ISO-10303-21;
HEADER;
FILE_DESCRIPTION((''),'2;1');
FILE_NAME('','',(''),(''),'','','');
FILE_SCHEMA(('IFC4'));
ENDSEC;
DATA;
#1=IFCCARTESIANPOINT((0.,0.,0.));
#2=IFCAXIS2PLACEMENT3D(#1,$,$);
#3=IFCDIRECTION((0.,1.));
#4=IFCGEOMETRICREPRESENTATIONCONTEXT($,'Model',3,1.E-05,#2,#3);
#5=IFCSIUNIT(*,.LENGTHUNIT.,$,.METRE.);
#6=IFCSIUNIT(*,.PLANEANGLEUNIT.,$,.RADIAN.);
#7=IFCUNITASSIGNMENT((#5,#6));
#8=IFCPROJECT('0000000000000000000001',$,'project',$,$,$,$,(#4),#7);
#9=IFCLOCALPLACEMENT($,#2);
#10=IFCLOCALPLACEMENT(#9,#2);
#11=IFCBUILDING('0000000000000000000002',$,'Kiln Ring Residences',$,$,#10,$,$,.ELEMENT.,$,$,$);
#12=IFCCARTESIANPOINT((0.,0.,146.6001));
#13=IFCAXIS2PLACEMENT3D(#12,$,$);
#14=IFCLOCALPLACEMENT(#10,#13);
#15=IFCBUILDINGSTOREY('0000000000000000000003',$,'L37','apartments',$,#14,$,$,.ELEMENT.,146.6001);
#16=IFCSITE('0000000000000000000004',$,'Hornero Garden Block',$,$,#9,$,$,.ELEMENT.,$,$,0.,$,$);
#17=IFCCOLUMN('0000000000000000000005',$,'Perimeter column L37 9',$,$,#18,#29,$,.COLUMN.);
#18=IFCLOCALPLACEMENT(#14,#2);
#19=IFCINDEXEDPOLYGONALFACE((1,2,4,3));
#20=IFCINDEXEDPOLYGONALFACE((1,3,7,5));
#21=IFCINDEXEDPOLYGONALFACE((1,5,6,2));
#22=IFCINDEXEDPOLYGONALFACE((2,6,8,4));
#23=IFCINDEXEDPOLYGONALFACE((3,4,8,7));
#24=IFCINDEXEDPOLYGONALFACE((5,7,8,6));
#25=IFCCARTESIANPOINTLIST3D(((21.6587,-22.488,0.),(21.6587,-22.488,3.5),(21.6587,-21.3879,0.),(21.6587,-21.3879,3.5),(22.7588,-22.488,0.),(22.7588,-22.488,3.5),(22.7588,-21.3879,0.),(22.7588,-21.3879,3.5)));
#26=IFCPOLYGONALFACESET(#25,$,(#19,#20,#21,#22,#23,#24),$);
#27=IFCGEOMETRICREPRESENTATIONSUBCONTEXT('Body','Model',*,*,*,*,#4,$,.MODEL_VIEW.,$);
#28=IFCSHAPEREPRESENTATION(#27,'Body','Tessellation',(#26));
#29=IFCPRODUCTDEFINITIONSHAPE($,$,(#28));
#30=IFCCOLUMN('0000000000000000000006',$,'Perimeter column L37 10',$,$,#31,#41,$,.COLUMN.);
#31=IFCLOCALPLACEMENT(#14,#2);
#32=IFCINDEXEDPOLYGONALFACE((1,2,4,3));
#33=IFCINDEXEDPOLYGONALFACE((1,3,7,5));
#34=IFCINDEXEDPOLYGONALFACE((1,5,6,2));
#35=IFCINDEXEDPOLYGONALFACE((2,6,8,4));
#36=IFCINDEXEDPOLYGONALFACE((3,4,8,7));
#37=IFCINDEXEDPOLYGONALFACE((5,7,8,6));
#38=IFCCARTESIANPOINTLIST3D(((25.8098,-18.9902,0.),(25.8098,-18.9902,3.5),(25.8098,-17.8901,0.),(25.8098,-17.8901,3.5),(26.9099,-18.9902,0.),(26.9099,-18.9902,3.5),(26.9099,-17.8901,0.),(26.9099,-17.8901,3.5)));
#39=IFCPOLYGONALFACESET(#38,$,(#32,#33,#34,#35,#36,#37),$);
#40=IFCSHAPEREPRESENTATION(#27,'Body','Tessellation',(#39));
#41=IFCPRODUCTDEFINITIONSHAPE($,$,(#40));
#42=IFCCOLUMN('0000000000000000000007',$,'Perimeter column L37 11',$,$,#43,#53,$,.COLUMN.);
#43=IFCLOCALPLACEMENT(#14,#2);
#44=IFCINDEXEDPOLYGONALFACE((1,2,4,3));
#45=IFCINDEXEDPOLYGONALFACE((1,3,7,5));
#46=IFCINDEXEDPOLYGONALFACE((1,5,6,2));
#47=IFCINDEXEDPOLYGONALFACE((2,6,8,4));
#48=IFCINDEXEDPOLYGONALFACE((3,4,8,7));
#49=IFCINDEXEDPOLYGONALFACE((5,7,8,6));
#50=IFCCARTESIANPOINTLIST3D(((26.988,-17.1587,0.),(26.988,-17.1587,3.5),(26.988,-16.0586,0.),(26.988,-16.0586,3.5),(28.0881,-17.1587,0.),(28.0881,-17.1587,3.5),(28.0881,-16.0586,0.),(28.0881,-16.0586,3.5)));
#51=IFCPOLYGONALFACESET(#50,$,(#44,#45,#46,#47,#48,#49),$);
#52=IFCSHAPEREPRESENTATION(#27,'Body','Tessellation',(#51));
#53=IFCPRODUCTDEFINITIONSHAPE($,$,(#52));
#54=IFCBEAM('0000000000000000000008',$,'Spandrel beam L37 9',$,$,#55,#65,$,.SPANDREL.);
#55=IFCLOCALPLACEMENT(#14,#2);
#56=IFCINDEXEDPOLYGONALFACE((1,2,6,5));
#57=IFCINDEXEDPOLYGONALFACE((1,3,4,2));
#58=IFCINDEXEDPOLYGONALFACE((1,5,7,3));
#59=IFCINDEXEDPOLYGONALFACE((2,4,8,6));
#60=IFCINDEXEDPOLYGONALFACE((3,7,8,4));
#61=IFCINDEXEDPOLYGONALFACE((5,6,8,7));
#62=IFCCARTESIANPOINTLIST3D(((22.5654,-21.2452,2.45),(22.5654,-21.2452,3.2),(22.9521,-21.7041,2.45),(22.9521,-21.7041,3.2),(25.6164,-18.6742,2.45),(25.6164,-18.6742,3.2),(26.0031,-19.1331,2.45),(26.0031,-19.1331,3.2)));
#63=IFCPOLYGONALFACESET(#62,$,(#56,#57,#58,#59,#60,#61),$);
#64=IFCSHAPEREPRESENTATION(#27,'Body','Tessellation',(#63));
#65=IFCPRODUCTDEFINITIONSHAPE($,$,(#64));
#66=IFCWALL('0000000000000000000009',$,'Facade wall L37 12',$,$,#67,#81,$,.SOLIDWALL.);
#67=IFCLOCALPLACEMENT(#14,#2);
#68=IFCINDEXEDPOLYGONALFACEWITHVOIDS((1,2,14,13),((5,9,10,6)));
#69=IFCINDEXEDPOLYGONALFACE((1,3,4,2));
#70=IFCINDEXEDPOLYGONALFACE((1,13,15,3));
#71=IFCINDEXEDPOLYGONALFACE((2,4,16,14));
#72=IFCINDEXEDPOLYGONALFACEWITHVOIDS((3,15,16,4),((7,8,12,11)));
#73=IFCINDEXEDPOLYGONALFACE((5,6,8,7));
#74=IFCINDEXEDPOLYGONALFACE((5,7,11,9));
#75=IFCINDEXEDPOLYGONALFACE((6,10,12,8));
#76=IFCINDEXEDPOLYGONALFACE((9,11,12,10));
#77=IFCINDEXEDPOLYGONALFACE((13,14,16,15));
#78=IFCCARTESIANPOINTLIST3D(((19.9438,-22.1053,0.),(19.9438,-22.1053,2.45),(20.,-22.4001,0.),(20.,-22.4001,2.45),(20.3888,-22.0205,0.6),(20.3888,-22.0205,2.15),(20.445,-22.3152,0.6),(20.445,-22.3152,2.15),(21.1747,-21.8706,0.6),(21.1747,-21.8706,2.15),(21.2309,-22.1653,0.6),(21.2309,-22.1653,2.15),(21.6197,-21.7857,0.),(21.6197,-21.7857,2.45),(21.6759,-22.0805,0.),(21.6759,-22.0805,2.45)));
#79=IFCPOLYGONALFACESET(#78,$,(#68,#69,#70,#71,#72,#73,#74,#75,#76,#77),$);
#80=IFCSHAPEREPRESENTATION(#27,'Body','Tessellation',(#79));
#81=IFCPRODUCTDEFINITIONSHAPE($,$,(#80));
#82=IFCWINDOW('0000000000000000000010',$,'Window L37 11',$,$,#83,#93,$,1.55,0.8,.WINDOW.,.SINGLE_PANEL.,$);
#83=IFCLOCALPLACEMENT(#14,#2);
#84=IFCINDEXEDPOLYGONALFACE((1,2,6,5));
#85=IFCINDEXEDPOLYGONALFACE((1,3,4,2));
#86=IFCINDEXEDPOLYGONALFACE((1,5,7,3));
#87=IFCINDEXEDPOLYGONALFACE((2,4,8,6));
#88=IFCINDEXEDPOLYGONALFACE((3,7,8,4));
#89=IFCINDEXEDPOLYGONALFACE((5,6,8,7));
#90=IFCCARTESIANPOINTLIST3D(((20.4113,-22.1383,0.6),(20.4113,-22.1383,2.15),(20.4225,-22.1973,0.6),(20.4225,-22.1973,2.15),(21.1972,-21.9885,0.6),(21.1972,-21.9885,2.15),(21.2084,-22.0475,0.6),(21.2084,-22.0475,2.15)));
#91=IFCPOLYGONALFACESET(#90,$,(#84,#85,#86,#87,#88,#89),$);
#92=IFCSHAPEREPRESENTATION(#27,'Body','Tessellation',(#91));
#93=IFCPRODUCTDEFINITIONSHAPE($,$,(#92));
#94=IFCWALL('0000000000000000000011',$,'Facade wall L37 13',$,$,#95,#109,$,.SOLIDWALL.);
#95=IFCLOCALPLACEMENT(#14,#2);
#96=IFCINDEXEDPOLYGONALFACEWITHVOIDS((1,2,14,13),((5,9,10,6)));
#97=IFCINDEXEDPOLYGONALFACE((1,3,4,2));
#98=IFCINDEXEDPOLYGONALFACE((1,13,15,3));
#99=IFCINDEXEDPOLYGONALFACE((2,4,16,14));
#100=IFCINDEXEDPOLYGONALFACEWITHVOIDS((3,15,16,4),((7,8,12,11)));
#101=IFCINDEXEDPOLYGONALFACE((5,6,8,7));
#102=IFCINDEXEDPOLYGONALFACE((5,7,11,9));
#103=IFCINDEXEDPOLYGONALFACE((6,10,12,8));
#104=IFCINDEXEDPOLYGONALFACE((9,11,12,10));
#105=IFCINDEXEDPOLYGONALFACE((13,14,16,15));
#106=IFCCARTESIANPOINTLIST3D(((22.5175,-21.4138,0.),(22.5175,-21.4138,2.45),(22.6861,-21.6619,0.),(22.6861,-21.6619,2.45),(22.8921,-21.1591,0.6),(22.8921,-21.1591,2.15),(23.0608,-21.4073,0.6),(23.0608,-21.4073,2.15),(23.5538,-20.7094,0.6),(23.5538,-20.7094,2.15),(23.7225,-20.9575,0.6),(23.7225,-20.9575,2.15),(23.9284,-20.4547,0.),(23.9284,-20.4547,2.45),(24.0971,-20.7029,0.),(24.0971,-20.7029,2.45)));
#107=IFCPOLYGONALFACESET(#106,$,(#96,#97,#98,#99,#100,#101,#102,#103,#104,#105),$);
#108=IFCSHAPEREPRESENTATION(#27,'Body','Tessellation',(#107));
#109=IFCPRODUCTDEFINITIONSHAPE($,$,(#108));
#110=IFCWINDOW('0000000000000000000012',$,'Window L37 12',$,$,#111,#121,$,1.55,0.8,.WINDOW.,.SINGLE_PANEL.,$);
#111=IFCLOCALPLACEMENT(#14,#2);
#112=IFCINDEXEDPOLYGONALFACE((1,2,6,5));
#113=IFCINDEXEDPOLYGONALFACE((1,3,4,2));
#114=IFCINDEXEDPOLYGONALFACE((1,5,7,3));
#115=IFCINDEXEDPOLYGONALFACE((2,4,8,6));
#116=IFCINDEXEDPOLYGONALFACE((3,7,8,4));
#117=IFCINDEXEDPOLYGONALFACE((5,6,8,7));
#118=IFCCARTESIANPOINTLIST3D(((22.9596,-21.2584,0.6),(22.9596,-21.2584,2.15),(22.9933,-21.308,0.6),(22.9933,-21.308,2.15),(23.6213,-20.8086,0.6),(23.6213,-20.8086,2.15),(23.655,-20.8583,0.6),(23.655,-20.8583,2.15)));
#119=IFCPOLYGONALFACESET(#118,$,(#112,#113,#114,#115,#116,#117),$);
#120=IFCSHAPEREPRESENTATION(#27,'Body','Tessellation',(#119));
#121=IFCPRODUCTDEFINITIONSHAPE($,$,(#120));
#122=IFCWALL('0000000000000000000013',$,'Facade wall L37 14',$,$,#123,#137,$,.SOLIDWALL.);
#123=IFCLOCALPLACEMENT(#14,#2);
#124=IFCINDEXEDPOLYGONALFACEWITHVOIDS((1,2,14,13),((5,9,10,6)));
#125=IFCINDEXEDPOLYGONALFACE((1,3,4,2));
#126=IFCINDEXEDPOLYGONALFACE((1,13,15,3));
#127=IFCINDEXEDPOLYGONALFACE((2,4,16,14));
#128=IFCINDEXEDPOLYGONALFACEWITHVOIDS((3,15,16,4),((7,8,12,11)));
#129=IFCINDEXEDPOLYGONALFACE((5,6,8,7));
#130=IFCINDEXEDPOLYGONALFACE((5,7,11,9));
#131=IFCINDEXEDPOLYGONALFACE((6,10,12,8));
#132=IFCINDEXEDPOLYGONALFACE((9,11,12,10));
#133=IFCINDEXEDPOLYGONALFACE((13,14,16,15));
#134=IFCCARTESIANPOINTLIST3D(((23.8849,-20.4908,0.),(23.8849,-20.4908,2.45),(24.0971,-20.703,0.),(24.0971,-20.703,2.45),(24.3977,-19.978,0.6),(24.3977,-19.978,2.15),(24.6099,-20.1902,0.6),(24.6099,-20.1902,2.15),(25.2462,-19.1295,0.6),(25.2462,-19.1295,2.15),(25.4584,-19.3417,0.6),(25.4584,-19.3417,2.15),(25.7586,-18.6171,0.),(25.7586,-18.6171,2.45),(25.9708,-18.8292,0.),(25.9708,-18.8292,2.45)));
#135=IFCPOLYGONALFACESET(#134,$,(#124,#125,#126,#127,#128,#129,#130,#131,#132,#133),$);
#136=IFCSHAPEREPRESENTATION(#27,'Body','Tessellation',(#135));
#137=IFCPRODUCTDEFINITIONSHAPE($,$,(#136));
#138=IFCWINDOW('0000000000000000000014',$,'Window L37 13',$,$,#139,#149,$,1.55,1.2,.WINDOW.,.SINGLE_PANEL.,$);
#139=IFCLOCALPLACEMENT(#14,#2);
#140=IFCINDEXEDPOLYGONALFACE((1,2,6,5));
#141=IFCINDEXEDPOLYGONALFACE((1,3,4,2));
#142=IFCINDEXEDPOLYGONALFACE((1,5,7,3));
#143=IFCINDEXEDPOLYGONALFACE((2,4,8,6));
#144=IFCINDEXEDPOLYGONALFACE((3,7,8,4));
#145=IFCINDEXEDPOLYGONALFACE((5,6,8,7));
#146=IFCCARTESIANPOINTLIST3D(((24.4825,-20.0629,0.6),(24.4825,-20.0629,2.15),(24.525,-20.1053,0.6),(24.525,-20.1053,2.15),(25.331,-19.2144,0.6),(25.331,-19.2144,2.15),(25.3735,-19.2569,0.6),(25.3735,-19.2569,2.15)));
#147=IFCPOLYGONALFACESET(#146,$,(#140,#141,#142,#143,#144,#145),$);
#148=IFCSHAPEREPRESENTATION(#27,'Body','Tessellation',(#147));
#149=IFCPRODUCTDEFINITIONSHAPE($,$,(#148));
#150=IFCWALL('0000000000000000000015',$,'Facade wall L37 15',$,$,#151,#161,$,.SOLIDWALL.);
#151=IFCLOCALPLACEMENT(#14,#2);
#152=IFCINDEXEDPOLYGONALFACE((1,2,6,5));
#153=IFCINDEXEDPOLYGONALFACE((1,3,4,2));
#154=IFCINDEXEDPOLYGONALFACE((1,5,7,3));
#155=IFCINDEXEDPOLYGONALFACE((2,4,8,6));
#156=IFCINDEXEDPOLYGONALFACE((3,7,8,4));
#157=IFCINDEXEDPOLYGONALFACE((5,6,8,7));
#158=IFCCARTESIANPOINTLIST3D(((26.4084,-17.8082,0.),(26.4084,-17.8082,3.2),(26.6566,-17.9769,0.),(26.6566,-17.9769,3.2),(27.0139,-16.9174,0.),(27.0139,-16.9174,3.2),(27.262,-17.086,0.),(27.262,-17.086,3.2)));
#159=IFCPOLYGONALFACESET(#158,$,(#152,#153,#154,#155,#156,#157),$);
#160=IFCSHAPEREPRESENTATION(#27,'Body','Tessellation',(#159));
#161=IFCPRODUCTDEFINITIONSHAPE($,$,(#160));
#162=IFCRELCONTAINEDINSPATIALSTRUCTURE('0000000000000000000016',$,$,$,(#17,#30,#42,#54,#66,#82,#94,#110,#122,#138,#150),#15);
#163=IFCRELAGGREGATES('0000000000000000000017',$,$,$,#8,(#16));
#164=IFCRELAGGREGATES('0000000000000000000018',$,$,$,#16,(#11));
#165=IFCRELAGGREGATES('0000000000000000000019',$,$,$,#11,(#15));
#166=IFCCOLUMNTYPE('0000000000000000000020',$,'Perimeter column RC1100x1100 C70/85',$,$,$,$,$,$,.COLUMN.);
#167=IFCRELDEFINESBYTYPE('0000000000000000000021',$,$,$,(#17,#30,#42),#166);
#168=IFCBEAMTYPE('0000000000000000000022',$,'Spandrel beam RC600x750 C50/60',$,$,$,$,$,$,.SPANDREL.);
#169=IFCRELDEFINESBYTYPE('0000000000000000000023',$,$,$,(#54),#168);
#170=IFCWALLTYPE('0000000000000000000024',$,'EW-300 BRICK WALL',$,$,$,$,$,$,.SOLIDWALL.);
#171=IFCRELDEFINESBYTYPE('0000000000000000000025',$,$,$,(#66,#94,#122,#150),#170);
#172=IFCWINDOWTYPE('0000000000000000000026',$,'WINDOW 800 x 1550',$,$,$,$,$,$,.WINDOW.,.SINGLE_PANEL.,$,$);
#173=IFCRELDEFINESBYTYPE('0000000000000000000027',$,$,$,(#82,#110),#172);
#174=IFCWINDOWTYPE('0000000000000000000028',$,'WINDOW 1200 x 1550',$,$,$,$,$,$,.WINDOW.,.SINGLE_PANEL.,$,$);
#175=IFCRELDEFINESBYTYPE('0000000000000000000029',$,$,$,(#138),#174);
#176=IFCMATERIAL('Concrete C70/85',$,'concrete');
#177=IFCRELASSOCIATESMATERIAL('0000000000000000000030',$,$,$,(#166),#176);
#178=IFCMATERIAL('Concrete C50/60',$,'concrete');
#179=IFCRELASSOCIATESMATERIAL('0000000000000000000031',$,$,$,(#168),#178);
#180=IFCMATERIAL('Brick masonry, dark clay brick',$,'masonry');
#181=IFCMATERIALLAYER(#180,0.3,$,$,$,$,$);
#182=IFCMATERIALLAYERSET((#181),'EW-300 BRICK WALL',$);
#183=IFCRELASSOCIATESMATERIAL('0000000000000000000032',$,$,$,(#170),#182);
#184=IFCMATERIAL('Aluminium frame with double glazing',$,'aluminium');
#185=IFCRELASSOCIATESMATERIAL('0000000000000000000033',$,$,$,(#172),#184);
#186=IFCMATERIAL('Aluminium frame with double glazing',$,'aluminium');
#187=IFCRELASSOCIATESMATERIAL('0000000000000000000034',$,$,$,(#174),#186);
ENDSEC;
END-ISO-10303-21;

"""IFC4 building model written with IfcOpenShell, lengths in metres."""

from ifc_helpers import new_model, si_unit, direction, frame, frame_2d, origin, origin_2d, place, context, subcontext, project, spatial, rectangle, extrude, material, layer, layer_set, material_profile, profile_set, type_object, element, fill, save


model = new_model("IFC4")

# Units and contexts
model_context = context("Model", 3, precision=1e-05, world=origin(), true_north=direction((0.0, 1.0)))
body_context = subcontext(model_context, "Body", "Model", "MODEL_VIEW")
ifc_project = project(units=[si_unit("LENGTHUNIT", "METRE"), si_unit("PLANEANGLEUNIT", "RADIAN")], contexts=[model_context])

# Site, building, storey
site_placement = place(None, origin())
site = spatial("IfcSite", under=ifc_project, at=site_placement, Name="Hornero Garden Block", CompositionType="ELEMENT", RefElevation=0.0)
building_placement = place(site_placement, origin())
building = spatial("IfcBuilding", under=site, at=building_placement, Name="Kiln Ring Residences", CompositionType="ELEMENT")
storey_placement = place(building_placement, frame((0.0, 0.0, 146.6001)))
storey = spatial("IfcBuildingStorey", under=building, at=storey_placement, Name="L37", Description="apartments", CompositionType="ELEMENT", Elevation=146.6001)

# Columns
ifc_material_1 = material(Name="Concrete C70/85", Category="concrete")
ifc_material_profile_1 = material_profile(ifc_material_1, rectangle(XDim=1.1001, YDim=1.1001, at=origin_2d()), Name="RC1100x1100")
ifc_profile_set_1 = profile_set([ifc_material_profile_1], Name="Concrete C70/85")
column_type = type_object("IfcColumnType", Name="Perimeter column RC1100x1100 C70/85", PredefinedType="COLUMN", material=ifc_profile_set_1)
for number, where, z_axis, x_axis, name in (
    (1, (22.2087, -21.938, 0.0), (0.0, 0.0, 1.0), (1.0, 0.0, 0.0), "Perimeter column L37 9"),
    (2, (26.3599, -18.4402, 0.0), (0.0, 0.0, 1.0), (1.0, 0.0, 0.0), "Perimeter column L37 10"),
    (3, (27.5381, -16.6086, 0.0), (0.0, 0.0, 1.0), (1.0, 0.0, 0.0), "Perimeter column L37 11"),
):
    element("IfcColumn", number, at=place(storey_placement, frame(where, z_axis=z_axis, x_axis=x_axis)), inside=storey, type_object=column_type, Name=name, PredefinedType="COLUMN", context=body_context, shape_type="SweptSolid", body=[
        extrude(rectangle(XDim=1.1001, YDim=1.1001, at=origin_2d()), origin(), (0.0, 0.0, 1.0), 3.5),
    ])

# Beam
ifc_material_2 = material(Name="Concrete C50/60", Category="concrete")
ifc_material_profile_2 = material_profile(ifc_material_2, rectangle(XDim=0.6001, YDim=0.75, at=origin_2d()), Name="RC600x750")
ifc_profile_set_2 = profile_set([ifc_material_profile_2], Name="Concrete C50/60")
beam_type = type_object("IfcBeamType", Name="Spandrel beam RC600x750 C50/60", PredefinedType="SPANDREL", material=ifc_profile_set_2)
beam_placement = place(storey_placement, frame((22.7588, -21.4746, 2.825), z_axis=(0.764694, 0.644394, 0.0), x_axis=(-0.644394, 0.764694, 0.0)))
element("IfcBeam", 4, at=beam_placement, inside=storey, type_object=beam_type, Name="Spandrel beam L37 9", PredefinedType="SPANDREL", context=body_context, shape_type="SweptSolid", body=[
    extrude(rectangle(XDim=0.6001, YDim=0.75, at=origin_2d()), origin(), (0.0, 0.0, 1.0), 3.9897),
])

# Walls, openings, windows
ifc_material_3 = material(Name="Brick masonry, dark clay brick", Category="masonry")
ifc_layer_1 = layer(ifc_material_3, 0.3)
ifc_layer_set_1 = layer_set([ifc_layer_1], Name="EW-300 BRICK WALL")
wall_type_1 = type_object("IfcWallType", Name="EW-300 BRICK WALL", PredefinedType="SOLIDWALL", material=ifc_layer_set_1)
wall_1_placement = place(storey_placement, frame((19.9719, -22.2527, 0.0), z_axis=(0.0, 0.0, 1.0), x_axis=(0.982297, 0.187329, 0.0)))
wall_1 = element("IfcWall", 5, at=wall_1_placement, inside=storey, type_object=wall_type_1, Name="Facade wall L37 12", PredefinedType="SOLIDWALL", context=body_context, shape_type="SweptSolid", body=[
    extrude(rectangle(XDim=1.7061, YDim=0.3, at=frame_2d((0.853, 0.0))), origin(), (0.0, 0.0, 1.0), 2.45),
])
opening_1_placement = place(wall_1_placement, frame((0.4531, 0.0, 0.6001)))
opening_1 = element("IfcOpeningElement", 6, at=opening_1_placement, cuts=wall_1, PredefinedType="OPENING", context=body_context, shape_type="SweptSolid", body=[
    extrude(rectangle(XDim=0.8, YDim=1.55, at=frame_2d((0.3999, 0.7749))), frame((0.0, 0.1599, 0.0), z_axis=(0.0, -1.0, 0.0), x_axis=(1.0, 0.0, 0.0)), (0.0, 0.0, 1.0), 0.3201),
])
ifc_material_4 = material(Name="Aluminium frame with double glazing", Category="aluminium")
window_type_1 = type_object("IfcWindowType", Name="WINDOW 800 x 1550", PartitioningType="SINGLE_PANEL", PredefinedType="WINDOW", material=ifc_material_4)
window_1_placement = place(opening_1_placement, origin())
window_1 = element("IfcWindow", 7, at=window_1_placement, inside=storey, type_object=window_type_1, Name="Window L37 11", OverallHeight=1.55, OverallWidth=0.8, PartitioningType="SINGLE_PANEL", PredefinedType="WINDOW", context=body_context, shape_type="SweptSolid", body=[
    extrude(rectangle(XDim=0.8, YDim=1.55, at=frame_2d((0.3999, 0.7749))), frame((0.0, 0.03, 0.0), z_axis=(0.0, -1.0, 0.0), x_axis=(1.0, 0.0, 0.0)), (0.0, 0.0, 1.0), 0.0601),
])
fill(opening_1, window_1)
wall_2_placement = place(storey_placement, frame((22.6018, -21.5378, 0.0), z_axis=(0.0, 0.0, 1.0), x_axis=(0.827041, 0.562142, 0.0)))
wall_2 = element("IfcWall", 8, at=wall_2_placement, inside=storey, type_object=wall_type_1, Name="Facade wall L37 13", PredefinedType="SOLIDWALL", context=body_context, shape_type="SweptSolid", body=[
    extrude(rectangle(XDim=1.7061, YDim=0.3, at=frame_2d((0.853, 0.0))), origin(), (0.0, 0.0, 1.0), 2.45),
])
opening_2_placement = place(wall_2_placement, frame((0.4531, 0.0, 0.6001)))
opening_2 = element("IfcOpeningElement", 9, at=opening_2_placement, cuts=wall_2, PredefinedType="OPENING", context=body_context, shape_type="SweptSolid", body=[
    extrude(rectangle(XDim=0.8, YDim=1.55, at=frame_2d((0.3999, 0.7749))), frame((0.0, 0.1599, 0.0), z_axis=(0.0, -1.0, 0.0), x_axis=(1.0, 0.0, 0.0)), (0.0, 0.0, 1.0), 0.3201),
])
window_2_placement = place(opening_2_placement, origin())
window_2 = element("IfcWindow", 10, at=window_2_placement, inside=storey, type_object=window_type_1, Name="Window L37 12", OverallHeight=1.55, OverallWidth=0.8, PartitioningType="SINGLE_PANEL", PredefinedType="WINDOW", context=body_context, shape_type="SweptSolid", body=[
    extrude(rectangle(XDim=0.8, YDim=1.55, at=frame_2d((0.3999, 0.7749))), frame((0.0, 0.03, 0.0), z_axis=(0.0, -1.0, 0.0), x_axis=(1.0, 0.0, 0.0)), (0.0, 0.0, 1.0), 0.0601),
])
fill(opening_2, window_2)
wall_3_placement = place(storey_placement, frame((23.991, -20.5969, 0.0), z_axis=(0.0, 0.0, 1.0), x_axis=(0.707107, 0.707107, 0.0)))
wall_3 = element("IfcWall", 11, at=wall_3_placement, inside=storey, type_object=wall_type_1, Name="Facade wall L37 14", PredefinedType="SOLIDWALL", context=body_context, shape_type="SweptSolid", body=[
    extrude(rectangle(XDim=2.6499, YDim=0.3, at=frame_2d((1.325, 0.0))), origin(), (0.0, 0.0, 1.0), 2.45),
])
opening_3_placement = place(wall_3_placement, frame((0.7251, 0.0, 0.6001)))
opening_3 = element("IfcOpeningElement", 12, at=opening_3_placement, cuts=wall_3, PredefinedType="OPENING", context=body_context, shape_type="SweptSolid", body=[
    extrude(rectangle(XDim=1.2, YDim=1.55, at=frame_2d((0.6001, 0.7749))), frame((0.0, 0.1599, 0.0), z_axis=(0.0, -1.0, 0.0), x_axis=(1.0, 0.0, 0.0)), (0.0, 0.0, 1.0), 0.3201),
])
ifc_material_5 = material(Name="Aluminium frame with double glazing", Category="aluminium")
window_type_2 = type_object("IfcWindowType", Name="WINDOW 1200 x 1550", PartitioningType="SINGLE_PANEL", PredefinedType="WINDOW", material=ifc_material_5)
window_3_placement = place(opening_3_placement, origin())
window_3 = element("IfcWindow", 13, at=window_3_placement, inside=storey, type_object=window_type_2, Name="Window L37 13", OverallHeight=1.55, OverallWidth=1.2, PartitioningType="SINGLE_PANEL", PredefinedType="WINDOW", context=body_context, shape_type="SweptSolid", body=[
    extrude(rectangle(XDim=1.2, YDim=1.55, at=frame_2d((0.6001, 0.7749))), frame((0.0, 0.03, 0.0), z_axis=(0.0, -1.0, 0.0), x_axis=(1.0, 0.0, 0.0)), (0.0, 0.0, 1.0), 0.0601),
])
fill(opening_3, window_3)

# Wall
wall_4_placement = place(storey_placement, frame((26.5325, -17.8926, 0.0), z_axis=(0.0, 0.0, 1.0), x_axis=(0.562105, 0.827066, 0.0)))
element("IfcWall", 14, at=wall_4_placement, inside=storey, type_object=wall_type_1, Name="Facade wall L37 15", PredefinedType="SOLIDWALL", context=body_context, shape_type="SweptSolid", body=[
    extrude(rectangle(XDim=1.0771, YDim=0.3, at=frame_2d((0.5386, 0.0))), origin(), (0.0, 0.0, 1.0), 3.2),
])

save(model, "model.ifc")
